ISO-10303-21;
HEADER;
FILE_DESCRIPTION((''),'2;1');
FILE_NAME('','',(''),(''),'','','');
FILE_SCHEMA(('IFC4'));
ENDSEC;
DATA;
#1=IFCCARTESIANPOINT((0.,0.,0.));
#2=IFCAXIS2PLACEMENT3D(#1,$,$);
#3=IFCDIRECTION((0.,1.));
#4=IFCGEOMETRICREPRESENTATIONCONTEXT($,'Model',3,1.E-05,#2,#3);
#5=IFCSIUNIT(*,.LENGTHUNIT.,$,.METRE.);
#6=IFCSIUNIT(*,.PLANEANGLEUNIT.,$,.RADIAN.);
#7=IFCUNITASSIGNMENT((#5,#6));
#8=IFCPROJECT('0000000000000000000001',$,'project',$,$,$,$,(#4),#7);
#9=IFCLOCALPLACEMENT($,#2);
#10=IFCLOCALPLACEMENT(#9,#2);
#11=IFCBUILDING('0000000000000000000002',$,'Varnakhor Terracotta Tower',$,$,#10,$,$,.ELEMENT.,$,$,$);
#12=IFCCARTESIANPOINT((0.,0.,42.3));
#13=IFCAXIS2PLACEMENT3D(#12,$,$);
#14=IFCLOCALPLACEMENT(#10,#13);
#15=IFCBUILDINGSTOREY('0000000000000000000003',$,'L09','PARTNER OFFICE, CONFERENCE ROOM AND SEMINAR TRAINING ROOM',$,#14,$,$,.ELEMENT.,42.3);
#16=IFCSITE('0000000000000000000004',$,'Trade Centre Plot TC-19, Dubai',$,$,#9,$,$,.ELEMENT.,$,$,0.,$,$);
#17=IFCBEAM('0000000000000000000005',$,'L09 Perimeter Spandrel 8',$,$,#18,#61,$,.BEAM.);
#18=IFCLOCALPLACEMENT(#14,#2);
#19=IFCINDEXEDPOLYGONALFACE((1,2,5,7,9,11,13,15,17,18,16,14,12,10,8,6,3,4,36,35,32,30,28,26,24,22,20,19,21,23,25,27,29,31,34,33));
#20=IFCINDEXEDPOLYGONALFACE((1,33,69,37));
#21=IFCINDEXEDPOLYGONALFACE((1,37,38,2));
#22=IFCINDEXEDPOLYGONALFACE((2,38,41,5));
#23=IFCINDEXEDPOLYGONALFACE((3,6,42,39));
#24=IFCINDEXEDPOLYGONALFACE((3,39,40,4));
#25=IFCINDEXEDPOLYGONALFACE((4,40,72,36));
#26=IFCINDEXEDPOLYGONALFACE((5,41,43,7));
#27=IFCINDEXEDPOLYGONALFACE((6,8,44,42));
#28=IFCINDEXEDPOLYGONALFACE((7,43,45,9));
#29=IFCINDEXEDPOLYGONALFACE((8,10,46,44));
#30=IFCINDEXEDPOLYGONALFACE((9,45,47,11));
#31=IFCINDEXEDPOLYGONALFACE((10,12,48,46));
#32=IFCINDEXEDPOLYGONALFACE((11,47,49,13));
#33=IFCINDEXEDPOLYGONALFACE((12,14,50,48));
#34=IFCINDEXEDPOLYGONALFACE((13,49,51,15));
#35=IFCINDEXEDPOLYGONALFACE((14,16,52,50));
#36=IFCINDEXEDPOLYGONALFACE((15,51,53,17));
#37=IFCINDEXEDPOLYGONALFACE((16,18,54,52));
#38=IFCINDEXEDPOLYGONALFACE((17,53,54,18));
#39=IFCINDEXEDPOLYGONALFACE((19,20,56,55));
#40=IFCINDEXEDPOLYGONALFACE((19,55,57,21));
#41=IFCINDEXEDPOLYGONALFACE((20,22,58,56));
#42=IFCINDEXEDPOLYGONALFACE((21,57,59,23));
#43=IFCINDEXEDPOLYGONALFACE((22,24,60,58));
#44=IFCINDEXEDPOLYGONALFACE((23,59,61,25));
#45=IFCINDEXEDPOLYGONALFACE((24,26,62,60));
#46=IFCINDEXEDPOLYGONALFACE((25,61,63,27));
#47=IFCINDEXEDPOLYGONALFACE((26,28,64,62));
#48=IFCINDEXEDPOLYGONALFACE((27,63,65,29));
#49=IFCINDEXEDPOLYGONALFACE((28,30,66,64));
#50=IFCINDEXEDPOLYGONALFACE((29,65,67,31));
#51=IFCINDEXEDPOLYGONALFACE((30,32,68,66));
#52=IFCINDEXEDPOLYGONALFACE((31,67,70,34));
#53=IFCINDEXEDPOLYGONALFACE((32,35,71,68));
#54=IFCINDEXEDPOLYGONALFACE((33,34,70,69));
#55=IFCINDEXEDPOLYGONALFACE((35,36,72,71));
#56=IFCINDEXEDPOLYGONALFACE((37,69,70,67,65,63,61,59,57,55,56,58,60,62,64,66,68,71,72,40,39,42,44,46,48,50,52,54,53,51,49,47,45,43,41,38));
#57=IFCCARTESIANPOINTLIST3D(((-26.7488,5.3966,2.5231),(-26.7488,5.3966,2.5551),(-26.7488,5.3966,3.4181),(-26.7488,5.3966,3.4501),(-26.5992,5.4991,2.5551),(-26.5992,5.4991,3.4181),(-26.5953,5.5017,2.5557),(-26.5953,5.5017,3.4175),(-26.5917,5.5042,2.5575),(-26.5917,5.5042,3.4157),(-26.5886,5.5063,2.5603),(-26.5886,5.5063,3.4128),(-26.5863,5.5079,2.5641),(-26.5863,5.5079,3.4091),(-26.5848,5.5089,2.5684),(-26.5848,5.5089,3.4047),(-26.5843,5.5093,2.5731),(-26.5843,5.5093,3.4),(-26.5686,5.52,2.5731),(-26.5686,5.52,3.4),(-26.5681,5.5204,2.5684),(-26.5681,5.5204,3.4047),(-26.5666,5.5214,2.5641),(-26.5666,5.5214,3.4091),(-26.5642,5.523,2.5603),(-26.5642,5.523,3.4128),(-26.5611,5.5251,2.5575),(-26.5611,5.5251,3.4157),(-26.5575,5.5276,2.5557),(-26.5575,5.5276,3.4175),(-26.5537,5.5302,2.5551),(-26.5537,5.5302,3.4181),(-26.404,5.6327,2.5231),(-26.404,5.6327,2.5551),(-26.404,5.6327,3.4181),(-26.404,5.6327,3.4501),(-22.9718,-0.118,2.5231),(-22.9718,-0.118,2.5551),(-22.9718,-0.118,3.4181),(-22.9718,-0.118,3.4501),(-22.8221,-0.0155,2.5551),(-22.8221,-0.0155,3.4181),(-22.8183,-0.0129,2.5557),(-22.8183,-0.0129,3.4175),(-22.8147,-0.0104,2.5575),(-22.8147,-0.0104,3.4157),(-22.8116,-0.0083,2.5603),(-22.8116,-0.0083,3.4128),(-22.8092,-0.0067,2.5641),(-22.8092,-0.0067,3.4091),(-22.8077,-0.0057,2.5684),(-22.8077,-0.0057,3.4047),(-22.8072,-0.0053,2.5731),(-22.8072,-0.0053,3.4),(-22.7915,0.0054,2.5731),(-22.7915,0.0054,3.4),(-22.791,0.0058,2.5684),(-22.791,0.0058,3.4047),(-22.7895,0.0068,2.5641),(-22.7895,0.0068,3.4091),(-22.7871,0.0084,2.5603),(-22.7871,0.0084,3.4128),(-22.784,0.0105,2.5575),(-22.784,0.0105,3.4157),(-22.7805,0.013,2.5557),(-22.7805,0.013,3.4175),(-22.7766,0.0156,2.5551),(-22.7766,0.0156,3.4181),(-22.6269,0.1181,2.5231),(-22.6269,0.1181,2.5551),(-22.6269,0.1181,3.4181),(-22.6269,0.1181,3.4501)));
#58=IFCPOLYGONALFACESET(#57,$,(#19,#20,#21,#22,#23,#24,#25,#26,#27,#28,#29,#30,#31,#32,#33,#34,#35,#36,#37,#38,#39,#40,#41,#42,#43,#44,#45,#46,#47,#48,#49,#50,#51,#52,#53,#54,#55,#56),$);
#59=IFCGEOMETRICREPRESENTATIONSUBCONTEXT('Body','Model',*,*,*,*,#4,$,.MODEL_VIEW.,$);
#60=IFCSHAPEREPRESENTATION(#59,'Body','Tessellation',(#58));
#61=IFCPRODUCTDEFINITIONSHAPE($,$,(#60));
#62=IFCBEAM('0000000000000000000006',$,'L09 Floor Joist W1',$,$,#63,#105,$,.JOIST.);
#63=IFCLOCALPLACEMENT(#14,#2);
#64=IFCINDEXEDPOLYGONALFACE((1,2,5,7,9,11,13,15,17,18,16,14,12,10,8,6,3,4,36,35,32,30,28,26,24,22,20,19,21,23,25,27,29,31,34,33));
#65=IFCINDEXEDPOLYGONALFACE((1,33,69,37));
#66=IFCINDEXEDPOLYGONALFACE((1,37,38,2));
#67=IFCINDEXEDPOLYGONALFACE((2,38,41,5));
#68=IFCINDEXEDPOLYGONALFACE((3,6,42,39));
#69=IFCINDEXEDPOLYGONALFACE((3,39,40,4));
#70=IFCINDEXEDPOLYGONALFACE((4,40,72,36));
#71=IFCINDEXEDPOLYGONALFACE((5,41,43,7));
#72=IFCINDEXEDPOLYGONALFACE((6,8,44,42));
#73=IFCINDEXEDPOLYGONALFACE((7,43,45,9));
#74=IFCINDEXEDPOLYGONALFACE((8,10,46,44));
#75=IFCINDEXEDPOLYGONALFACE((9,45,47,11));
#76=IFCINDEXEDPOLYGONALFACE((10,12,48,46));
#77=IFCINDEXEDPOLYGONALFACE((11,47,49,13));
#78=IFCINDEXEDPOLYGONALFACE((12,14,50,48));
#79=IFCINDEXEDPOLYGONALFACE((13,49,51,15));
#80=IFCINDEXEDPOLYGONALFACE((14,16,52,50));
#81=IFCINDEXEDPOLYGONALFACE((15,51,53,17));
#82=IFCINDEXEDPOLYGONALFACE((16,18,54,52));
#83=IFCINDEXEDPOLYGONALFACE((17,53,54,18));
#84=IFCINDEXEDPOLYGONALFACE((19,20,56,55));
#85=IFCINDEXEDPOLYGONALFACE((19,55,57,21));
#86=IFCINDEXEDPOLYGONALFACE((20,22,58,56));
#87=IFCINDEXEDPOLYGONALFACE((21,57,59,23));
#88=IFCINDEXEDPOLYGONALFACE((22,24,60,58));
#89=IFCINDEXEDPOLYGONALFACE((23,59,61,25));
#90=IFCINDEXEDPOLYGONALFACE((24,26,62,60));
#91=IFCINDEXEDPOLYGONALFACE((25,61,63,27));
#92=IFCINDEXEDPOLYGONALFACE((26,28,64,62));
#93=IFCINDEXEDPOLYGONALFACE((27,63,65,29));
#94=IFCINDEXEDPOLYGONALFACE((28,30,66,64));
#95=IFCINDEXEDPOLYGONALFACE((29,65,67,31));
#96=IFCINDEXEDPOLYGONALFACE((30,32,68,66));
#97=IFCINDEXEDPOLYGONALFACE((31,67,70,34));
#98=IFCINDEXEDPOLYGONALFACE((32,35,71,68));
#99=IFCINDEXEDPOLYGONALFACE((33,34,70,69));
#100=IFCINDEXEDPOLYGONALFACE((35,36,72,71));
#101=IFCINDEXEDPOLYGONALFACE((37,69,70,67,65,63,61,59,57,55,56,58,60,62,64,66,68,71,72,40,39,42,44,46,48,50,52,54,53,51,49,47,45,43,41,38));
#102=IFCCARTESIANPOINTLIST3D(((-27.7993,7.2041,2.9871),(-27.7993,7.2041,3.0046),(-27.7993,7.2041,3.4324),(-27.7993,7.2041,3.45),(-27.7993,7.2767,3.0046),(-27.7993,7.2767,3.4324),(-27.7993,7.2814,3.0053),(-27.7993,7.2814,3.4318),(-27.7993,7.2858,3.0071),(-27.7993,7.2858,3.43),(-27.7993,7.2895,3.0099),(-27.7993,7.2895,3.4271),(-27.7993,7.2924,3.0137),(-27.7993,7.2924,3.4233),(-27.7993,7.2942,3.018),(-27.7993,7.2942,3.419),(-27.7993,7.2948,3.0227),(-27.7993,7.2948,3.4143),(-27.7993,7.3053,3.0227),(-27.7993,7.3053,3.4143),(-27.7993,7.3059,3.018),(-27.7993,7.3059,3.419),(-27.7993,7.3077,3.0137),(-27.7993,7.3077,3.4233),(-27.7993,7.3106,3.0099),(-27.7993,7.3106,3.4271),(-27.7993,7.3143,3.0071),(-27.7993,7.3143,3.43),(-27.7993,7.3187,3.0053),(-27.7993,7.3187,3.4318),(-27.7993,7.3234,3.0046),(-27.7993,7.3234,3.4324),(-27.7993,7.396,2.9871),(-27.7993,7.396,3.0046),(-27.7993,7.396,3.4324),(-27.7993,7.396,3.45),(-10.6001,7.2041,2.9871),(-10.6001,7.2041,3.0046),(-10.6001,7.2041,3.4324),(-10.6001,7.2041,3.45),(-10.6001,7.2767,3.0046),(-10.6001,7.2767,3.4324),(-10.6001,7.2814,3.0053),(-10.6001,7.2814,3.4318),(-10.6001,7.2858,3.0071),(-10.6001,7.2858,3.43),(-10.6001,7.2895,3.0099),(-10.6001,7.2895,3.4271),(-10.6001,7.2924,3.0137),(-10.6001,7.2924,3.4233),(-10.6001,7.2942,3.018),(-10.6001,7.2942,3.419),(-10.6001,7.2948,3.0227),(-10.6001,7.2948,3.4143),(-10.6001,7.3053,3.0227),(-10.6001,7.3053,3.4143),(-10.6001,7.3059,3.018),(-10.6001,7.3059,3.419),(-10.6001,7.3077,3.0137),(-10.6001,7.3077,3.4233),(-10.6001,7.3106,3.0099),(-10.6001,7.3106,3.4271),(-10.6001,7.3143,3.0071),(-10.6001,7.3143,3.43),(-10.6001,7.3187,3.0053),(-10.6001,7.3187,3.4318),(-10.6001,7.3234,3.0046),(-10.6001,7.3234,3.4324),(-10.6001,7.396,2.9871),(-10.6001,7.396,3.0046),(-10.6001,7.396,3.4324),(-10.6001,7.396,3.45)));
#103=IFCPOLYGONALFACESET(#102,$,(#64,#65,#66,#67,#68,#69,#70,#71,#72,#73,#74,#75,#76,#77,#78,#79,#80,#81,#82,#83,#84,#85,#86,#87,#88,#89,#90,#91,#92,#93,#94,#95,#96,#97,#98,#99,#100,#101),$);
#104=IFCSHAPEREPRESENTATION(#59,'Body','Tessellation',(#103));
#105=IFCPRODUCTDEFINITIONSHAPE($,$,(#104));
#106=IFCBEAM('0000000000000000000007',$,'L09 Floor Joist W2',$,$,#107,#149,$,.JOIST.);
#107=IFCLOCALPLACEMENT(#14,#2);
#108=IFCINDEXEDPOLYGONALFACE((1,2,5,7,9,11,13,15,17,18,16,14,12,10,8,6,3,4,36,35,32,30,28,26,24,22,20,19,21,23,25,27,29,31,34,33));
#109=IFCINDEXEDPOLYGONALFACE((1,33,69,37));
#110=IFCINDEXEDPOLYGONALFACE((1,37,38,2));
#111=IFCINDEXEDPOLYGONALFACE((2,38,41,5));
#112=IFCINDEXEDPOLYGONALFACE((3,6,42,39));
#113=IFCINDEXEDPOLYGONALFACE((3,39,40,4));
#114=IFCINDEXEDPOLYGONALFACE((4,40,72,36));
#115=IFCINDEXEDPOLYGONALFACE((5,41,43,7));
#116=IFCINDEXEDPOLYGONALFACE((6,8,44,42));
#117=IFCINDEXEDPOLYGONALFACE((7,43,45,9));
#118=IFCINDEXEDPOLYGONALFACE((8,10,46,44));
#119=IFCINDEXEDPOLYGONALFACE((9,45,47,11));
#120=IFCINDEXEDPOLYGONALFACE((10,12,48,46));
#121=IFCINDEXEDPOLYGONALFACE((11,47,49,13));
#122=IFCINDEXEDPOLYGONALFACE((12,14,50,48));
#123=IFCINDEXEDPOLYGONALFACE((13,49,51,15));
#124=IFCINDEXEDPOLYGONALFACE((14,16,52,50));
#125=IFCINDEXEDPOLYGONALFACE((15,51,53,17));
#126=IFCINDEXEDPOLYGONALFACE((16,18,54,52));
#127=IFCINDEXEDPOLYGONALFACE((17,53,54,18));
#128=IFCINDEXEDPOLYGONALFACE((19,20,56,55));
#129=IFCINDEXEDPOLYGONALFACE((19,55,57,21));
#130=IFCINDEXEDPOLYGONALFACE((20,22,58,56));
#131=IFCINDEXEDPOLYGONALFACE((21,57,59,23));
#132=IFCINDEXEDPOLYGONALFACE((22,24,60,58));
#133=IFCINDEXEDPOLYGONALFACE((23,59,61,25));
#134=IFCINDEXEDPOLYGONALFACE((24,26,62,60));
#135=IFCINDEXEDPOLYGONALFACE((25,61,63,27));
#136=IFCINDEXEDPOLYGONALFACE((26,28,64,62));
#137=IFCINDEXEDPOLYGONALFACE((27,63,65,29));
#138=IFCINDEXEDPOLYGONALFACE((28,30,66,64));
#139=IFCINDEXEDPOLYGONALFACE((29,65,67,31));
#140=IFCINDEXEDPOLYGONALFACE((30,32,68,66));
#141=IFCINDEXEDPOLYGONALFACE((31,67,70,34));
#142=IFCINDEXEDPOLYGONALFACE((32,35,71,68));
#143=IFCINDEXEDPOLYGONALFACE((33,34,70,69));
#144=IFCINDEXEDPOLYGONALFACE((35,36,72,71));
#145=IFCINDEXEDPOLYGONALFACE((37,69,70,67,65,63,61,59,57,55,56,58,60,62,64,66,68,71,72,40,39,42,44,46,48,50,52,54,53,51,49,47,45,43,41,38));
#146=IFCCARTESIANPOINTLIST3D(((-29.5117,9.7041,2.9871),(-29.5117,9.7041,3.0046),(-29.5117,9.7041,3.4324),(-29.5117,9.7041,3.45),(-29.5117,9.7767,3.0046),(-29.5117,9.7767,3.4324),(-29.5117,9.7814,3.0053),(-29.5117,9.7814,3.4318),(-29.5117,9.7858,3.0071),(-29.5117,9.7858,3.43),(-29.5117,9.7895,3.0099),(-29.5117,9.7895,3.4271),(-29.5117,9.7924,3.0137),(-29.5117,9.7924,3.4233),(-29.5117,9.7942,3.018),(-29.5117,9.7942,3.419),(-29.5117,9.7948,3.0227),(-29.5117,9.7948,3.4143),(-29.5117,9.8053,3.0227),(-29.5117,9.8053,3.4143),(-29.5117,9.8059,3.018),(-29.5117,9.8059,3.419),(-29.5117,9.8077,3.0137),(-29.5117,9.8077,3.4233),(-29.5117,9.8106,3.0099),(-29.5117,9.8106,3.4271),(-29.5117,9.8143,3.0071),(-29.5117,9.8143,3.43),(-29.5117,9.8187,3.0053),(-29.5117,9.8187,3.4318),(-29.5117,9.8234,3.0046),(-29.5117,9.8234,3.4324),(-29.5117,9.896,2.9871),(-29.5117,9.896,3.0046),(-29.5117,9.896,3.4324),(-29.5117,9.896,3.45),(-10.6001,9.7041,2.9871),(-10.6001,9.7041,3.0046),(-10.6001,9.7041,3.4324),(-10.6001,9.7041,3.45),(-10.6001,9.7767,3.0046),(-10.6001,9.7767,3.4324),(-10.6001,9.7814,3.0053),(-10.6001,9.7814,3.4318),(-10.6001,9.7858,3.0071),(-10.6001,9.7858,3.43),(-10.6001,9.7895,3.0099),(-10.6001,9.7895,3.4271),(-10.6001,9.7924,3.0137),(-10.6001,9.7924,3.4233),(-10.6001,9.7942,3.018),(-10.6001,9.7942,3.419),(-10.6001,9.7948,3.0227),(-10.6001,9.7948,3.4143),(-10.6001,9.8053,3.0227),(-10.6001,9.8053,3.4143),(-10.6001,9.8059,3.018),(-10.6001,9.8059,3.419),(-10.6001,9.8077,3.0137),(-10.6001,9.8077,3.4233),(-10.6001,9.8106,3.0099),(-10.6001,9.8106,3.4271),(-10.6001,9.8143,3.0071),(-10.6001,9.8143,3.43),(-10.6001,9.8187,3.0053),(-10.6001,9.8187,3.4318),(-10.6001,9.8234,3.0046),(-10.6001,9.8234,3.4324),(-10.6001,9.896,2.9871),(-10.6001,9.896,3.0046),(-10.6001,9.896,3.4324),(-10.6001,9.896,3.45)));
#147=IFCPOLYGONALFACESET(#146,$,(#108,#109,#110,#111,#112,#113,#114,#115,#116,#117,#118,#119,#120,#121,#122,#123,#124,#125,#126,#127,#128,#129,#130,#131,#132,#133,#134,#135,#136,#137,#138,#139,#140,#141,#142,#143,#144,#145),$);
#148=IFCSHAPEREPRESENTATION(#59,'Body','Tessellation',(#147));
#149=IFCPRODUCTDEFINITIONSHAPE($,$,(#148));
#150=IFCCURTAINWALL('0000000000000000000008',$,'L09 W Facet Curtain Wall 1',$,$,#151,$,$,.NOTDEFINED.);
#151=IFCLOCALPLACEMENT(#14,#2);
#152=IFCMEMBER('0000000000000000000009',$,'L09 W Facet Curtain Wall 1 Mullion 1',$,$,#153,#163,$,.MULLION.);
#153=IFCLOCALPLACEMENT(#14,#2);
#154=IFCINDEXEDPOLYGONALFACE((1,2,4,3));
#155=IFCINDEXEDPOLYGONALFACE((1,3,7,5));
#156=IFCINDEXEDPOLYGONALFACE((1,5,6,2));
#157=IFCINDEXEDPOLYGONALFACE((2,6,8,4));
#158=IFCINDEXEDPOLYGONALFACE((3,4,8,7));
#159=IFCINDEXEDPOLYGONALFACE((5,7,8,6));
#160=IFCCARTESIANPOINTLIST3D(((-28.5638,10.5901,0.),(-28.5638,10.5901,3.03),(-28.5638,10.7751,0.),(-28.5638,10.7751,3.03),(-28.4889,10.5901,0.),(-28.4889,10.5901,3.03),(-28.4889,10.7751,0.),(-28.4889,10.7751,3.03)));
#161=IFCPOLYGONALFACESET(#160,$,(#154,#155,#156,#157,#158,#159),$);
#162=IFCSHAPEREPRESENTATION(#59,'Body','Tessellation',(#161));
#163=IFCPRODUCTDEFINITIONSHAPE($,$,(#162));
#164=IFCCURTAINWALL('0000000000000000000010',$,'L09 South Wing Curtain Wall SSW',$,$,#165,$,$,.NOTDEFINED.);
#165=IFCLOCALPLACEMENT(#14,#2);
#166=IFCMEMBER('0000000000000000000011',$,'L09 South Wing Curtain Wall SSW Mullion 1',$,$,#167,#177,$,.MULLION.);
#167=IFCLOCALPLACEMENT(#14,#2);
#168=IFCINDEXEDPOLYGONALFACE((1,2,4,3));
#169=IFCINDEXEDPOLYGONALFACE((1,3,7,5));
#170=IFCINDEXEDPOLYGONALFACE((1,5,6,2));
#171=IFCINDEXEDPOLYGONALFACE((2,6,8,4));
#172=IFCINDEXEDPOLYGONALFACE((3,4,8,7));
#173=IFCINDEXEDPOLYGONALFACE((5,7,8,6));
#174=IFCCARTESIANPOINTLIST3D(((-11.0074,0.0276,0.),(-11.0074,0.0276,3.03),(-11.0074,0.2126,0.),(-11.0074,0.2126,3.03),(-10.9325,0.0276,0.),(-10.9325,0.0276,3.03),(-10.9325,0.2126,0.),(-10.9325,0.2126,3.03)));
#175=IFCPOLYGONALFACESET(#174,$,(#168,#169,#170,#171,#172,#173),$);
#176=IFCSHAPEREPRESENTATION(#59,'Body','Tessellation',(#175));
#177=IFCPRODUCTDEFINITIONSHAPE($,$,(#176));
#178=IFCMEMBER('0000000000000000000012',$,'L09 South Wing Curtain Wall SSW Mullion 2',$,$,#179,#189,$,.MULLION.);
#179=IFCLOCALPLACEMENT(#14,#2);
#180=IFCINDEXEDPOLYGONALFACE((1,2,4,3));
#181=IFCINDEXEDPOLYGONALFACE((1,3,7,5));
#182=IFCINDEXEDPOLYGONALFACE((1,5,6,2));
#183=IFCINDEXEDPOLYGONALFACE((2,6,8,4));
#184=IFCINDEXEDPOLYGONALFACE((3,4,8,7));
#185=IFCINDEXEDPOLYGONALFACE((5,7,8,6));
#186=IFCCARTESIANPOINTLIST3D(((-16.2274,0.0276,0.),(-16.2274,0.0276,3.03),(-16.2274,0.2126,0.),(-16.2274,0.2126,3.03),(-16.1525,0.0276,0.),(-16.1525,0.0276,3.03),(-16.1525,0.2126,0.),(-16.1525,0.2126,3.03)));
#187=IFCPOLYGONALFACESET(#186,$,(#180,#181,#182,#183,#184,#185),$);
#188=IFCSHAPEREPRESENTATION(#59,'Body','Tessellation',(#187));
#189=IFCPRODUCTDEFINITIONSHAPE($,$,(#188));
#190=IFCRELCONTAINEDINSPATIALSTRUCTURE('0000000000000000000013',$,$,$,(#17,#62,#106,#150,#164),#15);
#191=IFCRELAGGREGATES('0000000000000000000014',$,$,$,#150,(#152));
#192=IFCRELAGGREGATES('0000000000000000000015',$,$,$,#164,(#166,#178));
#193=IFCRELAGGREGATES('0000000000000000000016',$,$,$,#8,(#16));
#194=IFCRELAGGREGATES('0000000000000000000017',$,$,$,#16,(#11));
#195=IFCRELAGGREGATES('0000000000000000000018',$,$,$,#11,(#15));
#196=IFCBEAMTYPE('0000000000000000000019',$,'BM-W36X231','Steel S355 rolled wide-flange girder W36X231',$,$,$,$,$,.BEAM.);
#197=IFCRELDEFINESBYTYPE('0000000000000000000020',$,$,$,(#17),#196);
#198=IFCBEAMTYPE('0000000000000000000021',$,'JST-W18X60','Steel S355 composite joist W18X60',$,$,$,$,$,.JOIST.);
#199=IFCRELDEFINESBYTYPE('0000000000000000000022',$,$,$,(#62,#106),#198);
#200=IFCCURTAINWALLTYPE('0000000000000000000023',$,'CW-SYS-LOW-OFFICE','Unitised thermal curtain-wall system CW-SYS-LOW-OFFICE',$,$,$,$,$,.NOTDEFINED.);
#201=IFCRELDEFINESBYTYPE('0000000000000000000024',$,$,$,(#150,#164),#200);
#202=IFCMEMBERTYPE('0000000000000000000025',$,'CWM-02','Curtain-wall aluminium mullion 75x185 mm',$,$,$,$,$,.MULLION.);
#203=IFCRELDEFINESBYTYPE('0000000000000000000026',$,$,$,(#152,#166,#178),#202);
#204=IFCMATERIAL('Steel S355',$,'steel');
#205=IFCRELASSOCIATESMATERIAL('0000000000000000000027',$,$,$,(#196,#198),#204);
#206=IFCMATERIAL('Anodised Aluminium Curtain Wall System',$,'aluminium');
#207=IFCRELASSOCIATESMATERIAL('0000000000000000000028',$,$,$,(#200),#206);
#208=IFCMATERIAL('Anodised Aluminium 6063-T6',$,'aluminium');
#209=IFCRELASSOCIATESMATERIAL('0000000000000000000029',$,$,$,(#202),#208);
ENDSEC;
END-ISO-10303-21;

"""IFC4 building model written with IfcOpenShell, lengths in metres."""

from ifc_helpers import new_model, si_unit, direction, frame, origin, origin_2d, place, context, subcontext, project, spatial, rectangle, i_section, extrude, source, transform, mapped, material, material_profile, profile_set, type_object, type_shapes, element, aggregate, save


model = new_model("IFC4")

# Units and contexts
model_context = context("Model", 3, precision=1e-05, world=origin(), true_north=direction((0.0, 1.0)))
body_context = subcontext(model_context, "Body", "Model", "MODEL_VIEW")
ifc_project = project(units=[si_unit("LENGTHUNIT", "METRE"), si_unit("PLANEANGLEUNIT", "RADIAN")], contexts=[model_context])

# Site, building, storey
site_placement = place(None, origin())
site = spatial("IfcSite", under=ifc_project, at=site_placement, Name="Trade Centre Plot TC-19, Dubai", CompositionType="ELEMENT", RefElevation=0.0)
building_placement = place(site_placement, origin())
building = spatial("IfcBuilding", under=site, at=building_placement, Name="Varnakhor Terracotta Tower", CompositionType="ELEMENT")
storey_placement = place(building_placement, frame((0.0, 0.0, 42.3)))
storey = spatial("IfcBuildingStorey", under=building, at=storey_placement, Name="L09", Description="PARTNER OFFICE, CONFERENCE ROOM AND SEMINAR TRAINING ROOM", CompositionType="ELEMENT", Elevation=42.3)

# Beams
ifc_material_1 = material(Name="Steel S355", Category="steel")
ifc_material_profile_1 = material_profile(ifc_material_1, i_section(OverallWidth=0.418, OverallDepth=0.927, WebThickness=0.019, FlangeThickness=0.032, FilletRadius=0.0181, at=origin_2d()), Name="W36X231")
ifc_profile_set_1 = profile_set([ifc_material_profile_1], Name="Steel S355")
beam_type_1 = type_object("IfcBeamType", Name="BM-W36X231", Description="Steel S355 rolled wide-flange girder W36X231", PredefinedType="BEAM", material=ifc_profile_set_1)
shared_shape_1 = source(origin(), body_context, "Body", "SweptSolid", [
    extrude(i_section(OverallWidth=0.418, OverallDepth=0.927, WebThickness=0.019, FlangeThickness=0.032, FilletRadius=0.0181, at=origin_2d()), origin(), (0.0, 0.0, 1.0), 6.6841),
])
beam_1_placement = place(storey_placement, frame((-26.5764, 5.5146, 2.9866), z_axis=(0.565083, -0.825034, 0.0), x_axis=(0.825034, 0.565083, 0.0)))
element("IfcBeam", 1, at=beam_1_placement, inside=storey, type_object=beam_type_1, Name="L09 Perimeter Spandrel 8", PredefinedType="BEAM", context=body_context, shape_type="MappedRepresentation", body=[
    mapped(shared_shape_1, transform((0.0, 0.0, 0.0), scale=1.0)),
])
ifc_material_profile_2 = material_profile(ifc_material_1, i_section(OverallWidth=0.1919, OverallDepth=0.4629, WebThickness=0.0105, FlangeThickness=0.0176, FilletRadius=0.0181, at=origin_2d()), Name="W18X60")
ifc_profile_set_2 = profile_set([ifc_material_profile_2], Name="Steel S355")
beam_type_2 = type_object("IfcBeamType", Name="JST-W18X60", Description="Steel S355 composite joist W18X60", PredefinedType="JOIST", material=ifc_profile_set_2)
shared_shape_2 = source(origin(), body_context, "Body", "SweptSolid", [
    extrude(i_section(OverallWidth=0.1919, OverallDepth=0.4629, WebThickness=0.0105, FlangeThickness=0.0176, FilletRadius=0.0181, at=origin_2d()), origin(), (0.0, 0.0, 1.0), 17.1992),
])
beam_2_placement = place(storey_placement, frame((-27.7993, 7.3, 3.2185), z_axis=(1.0, 0.0, 0.0), x_axis=(0.0, 1.0, 0.0)))
element("IfcBeam", 2, at=beam_2_placement, inside=storey, type_object=beam_type_2, Name="L09 Floor Joist W1", PredefinedType="JOIST", context=body_context, shape_type="MappedRepresentation", body=[
    mapped(shared_shape_2, transform((0.0, 0.0, 0.0), scale=1.0)),
])
shared_shape_3 = source(origin(), body_context, "Body", "SweptSolid", [
    extrude(i_section(OverallWidth=0.1919, OverallDepth=0.4629, WebThickness=0.0105, FlangeThickness=0.0176, FilletRadius=0.0181, at=origin_2d()), origin(), (0.0, 0.0, 1.0), 18.9116),
])
beam_3_placement = place(storey_placement, frame((-29.5117, 9.8, 3.2185), z_axis=(1.0, 0.0, 0.0), x_axis=(0.0, 1.0, 0.0)))
element("IfcBeam", 3, at=beam_3_placement, inside=storey, type_object=beam_type_2, Name="L09 Floor Joist W2", PredefinedType="JOIST", context=body_context, shape_type="MappedRepresentation", body=[
    mapped(shared_shape_3, transform((0.0, 0.0, 0.0), scale=1.0)),
])

# Curtain wall, member
ifc_material_2 = material(Name="Anodised Aluminium Curtain Wall System", Category="aluminium")
curtain_wall_type = type_object("IfcCurtainWallType", Name="CW-SYS-LOW-OFFICE", Description="Unitised thermal curtain-wall system CW-SYS-LOW-OFFICE", PredefinedType="NOTDEFINED", material=ifc_material_2)
curtain_wall_1_placement = place(storey_placement, origin())
curtain_wall_1 = element("IfcCurtainWall", 4, at=curtain_wall_1_placement, inside=storey, type_object=curtain_wall_type, Name="L09 W Facet Curtain Wall 1", PredefinedType="NOTDEFINED")
ifc_material_3 = material(Name="Anodised Aluminium 6063-T6", Category="aluminium")
ifc_material_profile_3 = material_profile(ifc_material_3, rectangle(XDim=0.075, YDim=0.1851, at=origin_2d()), Name="ALU MULLION 75x185")
ifc_profile_set_3 = profile_set([ifc_material_profile_3], Name="Anodised Aluminium 6063-T6")
member_type_1 = type_object("IfcMemberType", Name="CWM-02", Description="Curtain-wall aluminium mullion 75x185 mm", PredefinedType="MULLION", material=ifc_profile_set_3)
shared_shape_4 = source(origin(), body_context, "Body", "SweptSolid", [
    extrude(rectangle(XDim=0.075, YDim=0.1851, at=origin_2d()), origin(), (0.0, 0.0, 1.0), 3.03),
])
type_shapes(member_type_1, [shared_shape_4])
member_1_placement = place(storey_placement, frame((-28.5264, 10.6826, 0.0), z_axis=(0.0, 0.0, 1.0), x_axis=(1.0, 0.0, 0.0)))
member_1 = element("IfcMember", 5, at=member_1_placement, type_object=member_type_1, Name="L09 W Facet Curtain Wall 1 Mullion 1", PredefinedType="MULLION", context=body_context, shape_type="MappedRepresentation", body=[
    mapped(shared_shape_4, transform((0.0, 0.0, 0.0), scale=1.0)),
])

# Curtain wall, members
curtain_wall_2_placement = place(storey_placement, origin())
curtain_wall_2 = element("IfcCurtainWall", 6, at=curtain_wall_2_placement, inside=storey, type_object=curtain_wall_type, Name="L09 South Wing Curtain Wall SSW", PredefinedType="NOTDEFINED")
member_2_placement = place(storey_placement, frame((-10.97, 0.1201, 0.0), z_axis=(0.0, 0.0, 1.0), x_axis=(1.0, 0.0, 0.0)))
member_2 = element("IfcMember", 7, at=member_2_placement, type_object=member_type_1, Name="L09 South Wing Curtain Wall SSW Mullion 1", PredefinedType="MULLION", context=body_context, shape_type="MappedRepresentation", body=[
    mapped(shared_shape_4, transform((0.0, 0.0, 0.0), scale=1.0)),
])
member_3_placement = place(storey_placement, frame((-16.1899, 0.1201, 0.0), z_axis=(0.0, 0.0, 1.0), x_axis=(1.0, 0.0, 0.0)))
member_3 = element("IfcMember", 8, at=member_3_placement, type_object=member_type_1, Name="L09 South Wing Curtain Wall SSW Mullion 2", PredefinedType="MULLION", context=body_context, shape_type="MappedRepresentation", body=[
    mapped(shared_shape_4, transform((0.0, 0.0, 0.0), scale=1.0)),
])

aggregate(curtain_wall_1, [member_1])

aggregate(curtain_wall_2, [member_2, member_3])

save(model, "model.ifc")
